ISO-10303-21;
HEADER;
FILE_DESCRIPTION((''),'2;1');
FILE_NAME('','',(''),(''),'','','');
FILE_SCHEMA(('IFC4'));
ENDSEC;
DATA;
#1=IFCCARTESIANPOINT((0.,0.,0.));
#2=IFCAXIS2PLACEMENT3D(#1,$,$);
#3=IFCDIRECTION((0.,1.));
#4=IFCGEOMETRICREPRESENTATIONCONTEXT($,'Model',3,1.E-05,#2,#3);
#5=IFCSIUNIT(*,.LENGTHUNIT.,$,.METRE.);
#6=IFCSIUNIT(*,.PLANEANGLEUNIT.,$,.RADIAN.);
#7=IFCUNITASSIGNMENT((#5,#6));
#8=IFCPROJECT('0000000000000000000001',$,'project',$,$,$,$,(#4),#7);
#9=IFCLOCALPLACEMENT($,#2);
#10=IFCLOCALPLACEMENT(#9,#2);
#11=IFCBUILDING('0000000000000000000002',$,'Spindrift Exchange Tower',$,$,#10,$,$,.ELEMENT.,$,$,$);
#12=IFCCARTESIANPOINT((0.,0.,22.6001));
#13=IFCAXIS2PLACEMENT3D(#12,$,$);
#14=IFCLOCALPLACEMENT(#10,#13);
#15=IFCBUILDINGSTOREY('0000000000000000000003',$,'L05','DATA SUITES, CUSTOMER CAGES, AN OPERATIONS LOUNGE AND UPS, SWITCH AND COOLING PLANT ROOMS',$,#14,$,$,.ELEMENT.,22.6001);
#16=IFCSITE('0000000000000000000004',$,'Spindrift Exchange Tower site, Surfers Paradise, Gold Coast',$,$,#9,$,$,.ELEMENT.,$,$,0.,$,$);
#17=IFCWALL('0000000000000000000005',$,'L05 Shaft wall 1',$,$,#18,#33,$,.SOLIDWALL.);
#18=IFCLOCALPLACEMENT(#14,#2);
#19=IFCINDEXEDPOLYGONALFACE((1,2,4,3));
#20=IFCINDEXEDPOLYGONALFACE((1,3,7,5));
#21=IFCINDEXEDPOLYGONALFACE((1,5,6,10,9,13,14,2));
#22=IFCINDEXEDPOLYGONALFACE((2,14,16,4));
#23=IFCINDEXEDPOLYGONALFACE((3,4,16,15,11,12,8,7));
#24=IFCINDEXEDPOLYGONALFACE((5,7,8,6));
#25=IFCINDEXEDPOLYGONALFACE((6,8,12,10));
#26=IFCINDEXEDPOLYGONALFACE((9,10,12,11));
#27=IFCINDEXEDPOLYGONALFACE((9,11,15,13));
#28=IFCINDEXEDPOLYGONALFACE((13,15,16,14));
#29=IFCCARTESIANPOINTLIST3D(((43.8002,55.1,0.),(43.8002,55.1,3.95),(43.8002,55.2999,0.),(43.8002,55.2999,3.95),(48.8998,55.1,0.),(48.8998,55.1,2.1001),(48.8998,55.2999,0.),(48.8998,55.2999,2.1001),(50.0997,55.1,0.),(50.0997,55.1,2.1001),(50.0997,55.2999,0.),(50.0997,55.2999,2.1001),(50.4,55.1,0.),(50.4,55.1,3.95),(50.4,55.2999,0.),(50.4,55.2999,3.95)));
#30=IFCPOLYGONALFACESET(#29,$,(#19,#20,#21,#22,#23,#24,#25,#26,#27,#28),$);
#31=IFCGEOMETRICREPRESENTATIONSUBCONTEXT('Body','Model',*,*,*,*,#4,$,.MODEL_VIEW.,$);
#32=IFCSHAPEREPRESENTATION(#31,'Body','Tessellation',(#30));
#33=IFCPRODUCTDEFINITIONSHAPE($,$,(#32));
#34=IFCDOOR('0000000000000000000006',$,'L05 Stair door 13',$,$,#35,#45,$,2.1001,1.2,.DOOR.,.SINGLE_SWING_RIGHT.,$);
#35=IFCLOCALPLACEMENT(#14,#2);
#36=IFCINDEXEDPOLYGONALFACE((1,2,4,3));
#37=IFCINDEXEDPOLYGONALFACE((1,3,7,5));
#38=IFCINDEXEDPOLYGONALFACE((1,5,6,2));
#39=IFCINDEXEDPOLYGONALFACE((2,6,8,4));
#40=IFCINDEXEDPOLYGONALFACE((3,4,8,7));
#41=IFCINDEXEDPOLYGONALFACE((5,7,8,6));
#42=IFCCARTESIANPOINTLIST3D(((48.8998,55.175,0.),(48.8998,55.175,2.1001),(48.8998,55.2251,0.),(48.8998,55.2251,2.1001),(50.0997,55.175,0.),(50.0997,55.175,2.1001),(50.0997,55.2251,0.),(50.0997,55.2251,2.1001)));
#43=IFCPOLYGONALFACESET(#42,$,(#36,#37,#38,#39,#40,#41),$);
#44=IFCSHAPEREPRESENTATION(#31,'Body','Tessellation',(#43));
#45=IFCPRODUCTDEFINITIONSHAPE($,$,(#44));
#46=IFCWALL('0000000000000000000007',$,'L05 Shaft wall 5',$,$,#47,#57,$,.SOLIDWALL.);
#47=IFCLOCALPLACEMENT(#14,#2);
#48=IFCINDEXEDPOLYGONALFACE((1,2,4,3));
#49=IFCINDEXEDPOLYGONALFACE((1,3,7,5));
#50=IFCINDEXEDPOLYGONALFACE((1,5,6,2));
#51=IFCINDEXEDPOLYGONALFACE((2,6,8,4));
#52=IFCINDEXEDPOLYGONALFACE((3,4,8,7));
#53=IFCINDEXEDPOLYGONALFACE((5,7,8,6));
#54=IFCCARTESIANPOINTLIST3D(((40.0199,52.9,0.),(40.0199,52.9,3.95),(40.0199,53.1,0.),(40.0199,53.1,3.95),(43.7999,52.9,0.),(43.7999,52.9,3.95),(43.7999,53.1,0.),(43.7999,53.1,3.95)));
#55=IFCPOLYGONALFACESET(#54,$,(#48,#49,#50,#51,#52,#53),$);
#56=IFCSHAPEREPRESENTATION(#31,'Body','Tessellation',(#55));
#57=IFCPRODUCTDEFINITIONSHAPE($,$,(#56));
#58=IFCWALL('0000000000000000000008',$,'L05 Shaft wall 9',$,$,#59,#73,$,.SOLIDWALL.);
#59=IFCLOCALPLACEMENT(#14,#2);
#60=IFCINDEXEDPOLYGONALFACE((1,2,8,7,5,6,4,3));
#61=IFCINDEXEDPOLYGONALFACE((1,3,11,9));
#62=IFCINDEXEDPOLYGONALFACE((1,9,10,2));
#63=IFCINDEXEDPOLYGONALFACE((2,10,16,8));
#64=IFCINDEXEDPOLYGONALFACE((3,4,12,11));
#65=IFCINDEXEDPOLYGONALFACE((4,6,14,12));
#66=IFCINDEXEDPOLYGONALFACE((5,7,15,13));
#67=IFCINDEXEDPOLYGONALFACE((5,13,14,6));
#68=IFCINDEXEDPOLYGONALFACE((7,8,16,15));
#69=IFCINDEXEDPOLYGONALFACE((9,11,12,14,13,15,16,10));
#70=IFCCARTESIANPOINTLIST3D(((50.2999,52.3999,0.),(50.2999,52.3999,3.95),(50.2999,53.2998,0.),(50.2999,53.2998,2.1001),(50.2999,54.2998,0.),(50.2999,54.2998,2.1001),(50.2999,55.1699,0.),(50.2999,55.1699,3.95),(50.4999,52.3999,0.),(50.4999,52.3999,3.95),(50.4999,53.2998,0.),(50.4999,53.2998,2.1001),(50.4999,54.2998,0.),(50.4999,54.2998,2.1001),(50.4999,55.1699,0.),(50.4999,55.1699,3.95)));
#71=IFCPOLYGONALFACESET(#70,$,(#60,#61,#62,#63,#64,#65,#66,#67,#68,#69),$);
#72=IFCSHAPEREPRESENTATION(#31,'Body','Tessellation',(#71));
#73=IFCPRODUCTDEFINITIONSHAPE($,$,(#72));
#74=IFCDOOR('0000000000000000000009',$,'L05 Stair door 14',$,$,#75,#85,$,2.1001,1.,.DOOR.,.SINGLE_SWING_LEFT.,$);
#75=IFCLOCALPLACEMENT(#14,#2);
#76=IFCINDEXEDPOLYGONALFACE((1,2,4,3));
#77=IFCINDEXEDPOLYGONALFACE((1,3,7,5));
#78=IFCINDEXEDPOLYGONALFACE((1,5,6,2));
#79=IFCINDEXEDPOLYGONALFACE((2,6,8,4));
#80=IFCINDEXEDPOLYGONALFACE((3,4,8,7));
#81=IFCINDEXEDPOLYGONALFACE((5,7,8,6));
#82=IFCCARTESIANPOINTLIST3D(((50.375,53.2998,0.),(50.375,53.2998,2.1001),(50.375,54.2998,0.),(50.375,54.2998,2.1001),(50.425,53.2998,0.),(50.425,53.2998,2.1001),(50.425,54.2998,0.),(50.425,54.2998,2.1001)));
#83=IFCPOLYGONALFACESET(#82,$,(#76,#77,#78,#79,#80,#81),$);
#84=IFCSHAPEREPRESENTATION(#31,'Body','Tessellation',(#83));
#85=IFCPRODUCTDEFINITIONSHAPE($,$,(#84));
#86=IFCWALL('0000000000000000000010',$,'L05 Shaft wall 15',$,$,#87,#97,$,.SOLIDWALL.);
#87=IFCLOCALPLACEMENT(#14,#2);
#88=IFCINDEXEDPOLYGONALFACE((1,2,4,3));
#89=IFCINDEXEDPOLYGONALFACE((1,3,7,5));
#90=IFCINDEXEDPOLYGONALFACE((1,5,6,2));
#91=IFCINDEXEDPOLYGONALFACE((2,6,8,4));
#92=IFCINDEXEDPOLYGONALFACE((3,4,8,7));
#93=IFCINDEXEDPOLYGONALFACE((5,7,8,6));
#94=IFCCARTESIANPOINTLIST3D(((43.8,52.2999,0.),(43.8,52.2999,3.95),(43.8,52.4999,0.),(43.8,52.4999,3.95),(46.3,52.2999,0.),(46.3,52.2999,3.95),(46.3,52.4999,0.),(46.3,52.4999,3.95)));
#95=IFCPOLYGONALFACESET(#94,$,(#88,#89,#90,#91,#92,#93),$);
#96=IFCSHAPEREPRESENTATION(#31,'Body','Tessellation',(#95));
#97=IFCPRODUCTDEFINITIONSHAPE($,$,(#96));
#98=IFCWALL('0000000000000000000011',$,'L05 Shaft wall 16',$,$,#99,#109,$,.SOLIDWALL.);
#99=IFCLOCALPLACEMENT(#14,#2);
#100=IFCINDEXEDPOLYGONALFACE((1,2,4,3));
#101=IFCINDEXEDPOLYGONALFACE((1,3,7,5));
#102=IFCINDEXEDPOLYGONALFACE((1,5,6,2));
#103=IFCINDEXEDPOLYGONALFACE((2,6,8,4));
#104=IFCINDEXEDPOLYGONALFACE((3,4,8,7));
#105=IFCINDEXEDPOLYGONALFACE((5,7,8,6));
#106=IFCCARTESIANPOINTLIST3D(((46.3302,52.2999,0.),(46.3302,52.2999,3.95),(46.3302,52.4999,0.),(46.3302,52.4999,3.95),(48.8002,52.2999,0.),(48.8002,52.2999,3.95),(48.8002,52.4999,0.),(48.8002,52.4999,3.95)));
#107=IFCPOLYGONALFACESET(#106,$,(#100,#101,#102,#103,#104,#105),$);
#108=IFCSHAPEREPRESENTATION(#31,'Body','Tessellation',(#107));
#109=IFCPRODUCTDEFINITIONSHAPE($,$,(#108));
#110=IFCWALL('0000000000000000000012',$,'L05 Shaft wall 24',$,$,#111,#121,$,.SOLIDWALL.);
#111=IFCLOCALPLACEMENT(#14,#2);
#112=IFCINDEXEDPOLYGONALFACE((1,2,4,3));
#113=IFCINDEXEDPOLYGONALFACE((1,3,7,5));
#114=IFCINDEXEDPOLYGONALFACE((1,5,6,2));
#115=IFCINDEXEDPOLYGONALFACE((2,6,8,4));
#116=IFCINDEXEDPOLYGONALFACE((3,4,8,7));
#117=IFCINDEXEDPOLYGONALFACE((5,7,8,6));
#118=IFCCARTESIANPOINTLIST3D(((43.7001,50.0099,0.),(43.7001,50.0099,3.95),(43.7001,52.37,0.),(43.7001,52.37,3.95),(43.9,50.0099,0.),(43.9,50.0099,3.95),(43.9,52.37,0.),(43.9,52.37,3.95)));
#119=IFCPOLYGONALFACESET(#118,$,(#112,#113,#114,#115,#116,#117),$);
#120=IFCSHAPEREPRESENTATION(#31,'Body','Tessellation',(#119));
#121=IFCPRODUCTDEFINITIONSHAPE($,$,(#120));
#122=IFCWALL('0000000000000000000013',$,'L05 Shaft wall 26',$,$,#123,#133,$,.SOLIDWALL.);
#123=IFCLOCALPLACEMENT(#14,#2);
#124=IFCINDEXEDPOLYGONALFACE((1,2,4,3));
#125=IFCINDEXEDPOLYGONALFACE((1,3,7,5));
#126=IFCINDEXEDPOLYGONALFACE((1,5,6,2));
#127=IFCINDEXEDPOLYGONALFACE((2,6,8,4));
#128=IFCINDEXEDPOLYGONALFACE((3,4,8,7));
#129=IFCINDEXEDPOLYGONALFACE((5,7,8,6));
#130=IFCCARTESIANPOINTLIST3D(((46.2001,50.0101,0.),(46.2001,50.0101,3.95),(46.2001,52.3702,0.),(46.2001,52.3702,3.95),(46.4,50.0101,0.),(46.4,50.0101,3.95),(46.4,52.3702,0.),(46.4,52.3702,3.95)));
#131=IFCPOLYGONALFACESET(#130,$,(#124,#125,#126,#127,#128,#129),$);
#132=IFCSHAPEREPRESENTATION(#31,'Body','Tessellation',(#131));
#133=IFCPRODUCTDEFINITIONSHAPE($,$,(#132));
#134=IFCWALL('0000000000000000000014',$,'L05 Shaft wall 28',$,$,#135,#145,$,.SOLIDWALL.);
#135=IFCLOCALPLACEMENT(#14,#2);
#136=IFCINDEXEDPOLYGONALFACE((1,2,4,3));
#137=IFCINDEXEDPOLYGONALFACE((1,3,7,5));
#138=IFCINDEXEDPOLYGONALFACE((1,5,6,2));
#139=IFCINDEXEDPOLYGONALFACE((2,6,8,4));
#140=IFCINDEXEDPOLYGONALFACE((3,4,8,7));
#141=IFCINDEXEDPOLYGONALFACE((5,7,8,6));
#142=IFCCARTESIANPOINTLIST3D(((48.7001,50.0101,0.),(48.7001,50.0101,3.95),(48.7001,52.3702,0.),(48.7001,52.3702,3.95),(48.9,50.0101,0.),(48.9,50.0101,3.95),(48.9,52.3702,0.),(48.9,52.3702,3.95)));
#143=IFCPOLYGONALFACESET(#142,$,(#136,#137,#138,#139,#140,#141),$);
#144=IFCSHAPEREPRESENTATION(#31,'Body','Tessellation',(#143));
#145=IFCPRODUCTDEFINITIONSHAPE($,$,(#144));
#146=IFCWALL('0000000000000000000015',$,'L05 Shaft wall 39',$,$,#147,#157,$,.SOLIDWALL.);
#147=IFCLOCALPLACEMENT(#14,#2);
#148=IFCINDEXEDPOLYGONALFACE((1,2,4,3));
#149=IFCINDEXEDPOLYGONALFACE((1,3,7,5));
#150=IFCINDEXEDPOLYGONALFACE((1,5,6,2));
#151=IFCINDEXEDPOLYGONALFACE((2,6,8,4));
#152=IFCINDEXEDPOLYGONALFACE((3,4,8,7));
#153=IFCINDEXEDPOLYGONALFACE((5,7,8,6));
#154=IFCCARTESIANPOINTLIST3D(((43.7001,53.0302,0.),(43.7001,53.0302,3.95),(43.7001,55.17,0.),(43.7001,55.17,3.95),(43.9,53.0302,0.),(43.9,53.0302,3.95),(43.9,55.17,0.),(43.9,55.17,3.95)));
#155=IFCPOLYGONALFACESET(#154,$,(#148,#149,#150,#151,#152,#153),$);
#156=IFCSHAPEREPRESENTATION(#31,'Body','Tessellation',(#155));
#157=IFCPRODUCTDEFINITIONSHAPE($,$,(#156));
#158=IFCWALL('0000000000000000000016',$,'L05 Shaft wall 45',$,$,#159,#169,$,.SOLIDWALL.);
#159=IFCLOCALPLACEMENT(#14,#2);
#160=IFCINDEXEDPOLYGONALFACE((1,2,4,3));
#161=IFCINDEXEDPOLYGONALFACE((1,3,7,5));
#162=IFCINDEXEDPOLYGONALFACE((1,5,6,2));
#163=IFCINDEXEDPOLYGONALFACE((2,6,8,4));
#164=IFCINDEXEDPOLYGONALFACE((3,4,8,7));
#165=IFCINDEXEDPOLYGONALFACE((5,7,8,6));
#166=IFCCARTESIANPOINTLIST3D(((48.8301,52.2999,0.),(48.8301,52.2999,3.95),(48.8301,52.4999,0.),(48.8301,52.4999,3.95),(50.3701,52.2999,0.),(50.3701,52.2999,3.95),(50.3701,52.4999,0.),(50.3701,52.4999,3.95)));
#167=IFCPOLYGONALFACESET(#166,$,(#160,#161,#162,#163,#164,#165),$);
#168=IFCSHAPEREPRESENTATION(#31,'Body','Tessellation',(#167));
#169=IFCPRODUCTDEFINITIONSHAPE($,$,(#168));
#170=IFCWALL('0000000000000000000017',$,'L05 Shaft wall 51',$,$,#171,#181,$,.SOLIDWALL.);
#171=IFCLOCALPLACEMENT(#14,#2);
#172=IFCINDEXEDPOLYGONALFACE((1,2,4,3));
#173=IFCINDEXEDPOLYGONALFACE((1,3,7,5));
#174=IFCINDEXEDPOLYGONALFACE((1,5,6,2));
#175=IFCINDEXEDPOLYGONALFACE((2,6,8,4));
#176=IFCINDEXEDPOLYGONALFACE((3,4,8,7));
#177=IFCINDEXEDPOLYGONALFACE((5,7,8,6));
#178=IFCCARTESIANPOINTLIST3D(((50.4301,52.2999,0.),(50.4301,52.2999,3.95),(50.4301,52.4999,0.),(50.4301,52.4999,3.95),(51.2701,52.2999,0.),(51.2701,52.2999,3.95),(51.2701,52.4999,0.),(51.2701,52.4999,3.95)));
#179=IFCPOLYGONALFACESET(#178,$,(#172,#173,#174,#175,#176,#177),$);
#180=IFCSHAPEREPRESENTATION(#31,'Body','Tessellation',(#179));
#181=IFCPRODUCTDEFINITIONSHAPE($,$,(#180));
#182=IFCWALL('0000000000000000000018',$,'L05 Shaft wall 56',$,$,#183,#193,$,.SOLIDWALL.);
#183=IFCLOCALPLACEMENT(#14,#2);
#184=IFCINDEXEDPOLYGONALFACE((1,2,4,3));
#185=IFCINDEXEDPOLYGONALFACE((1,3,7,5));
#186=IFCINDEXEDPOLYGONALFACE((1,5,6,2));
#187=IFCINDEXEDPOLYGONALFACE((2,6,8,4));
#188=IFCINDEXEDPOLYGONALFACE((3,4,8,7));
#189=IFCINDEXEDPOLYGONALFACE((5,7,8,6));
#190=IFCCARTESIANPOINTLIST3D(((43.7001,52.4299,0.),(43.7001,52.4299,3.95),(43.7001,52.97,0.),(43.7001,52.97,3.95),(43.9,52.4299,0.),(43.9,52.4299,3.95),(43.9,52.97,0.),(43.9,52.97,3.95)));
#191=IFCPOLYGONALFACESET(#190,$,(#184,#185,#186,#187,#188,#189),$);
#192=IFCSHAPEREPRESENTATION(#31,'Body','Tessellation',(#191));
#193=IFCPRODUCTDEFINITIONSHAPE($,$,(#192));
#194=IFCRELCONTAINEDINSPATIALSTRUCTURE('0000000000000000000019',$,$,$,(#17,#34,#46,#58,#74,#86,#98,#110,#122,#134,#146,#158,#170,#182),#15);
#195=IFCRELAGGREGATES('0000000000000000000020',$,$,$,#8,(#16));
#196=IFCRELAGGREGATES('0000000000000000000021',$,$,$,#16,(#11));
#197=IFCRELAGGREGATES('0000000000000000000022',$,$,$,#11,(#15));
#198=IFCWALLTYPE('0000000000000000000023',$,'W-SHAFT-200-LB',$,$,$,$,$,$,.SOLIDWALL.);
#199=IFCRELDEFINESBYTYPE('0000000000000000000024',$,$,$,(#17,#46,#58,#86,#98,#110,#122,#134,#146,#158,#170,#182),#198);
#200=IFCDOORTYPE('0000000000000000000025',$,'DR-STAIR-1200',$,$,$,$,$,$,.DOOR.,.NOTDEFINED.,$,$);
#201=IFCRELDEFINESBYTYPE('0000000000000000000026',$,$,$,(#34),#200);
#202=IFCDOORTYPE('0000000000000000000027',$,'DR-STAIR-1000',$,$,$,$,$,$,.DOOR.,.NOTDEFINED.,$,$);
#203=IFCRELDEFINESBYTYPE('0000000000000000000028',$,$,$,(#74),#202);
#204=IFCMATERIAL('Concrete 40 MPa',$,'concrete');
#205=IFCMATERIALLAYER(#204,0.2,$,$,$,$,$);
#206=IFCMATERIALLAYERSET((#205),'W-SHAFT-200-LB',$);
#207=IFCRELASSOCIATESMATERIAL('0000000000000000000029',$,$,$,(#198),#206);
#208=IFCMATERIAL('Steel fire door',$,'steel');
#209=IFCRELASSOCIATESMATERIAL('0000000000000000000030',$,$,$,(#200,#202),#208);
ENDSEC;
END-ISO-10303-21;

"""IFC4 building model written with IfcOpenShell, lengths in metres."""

from ifc_helpers import new_model, si_unit, direction, frame, frame_2d, origin, place, context, subcontext, project, spatial, rectangle, extrude, source, transform, mapped, material, layer, layer_set, type_object, element, fill, save


model = new_model("IFC4")

# Units and contexts
model_context = context("Model", 3, precision=1e-05, world=origin(), true_north=direction((0.0, 1.0)))
body_context = subcontext(model_context, "Body", "Model", "MODEL_VIEW")
ifc_project = project(units=[si_unit("LENGTHUNIT", "METRE"), si_unit("PLANEANGLEUNIT", "RADIAN")], contexts=[model_context])

# Site, building, storey
site_placement = place(None, origin())
site = spatial("IfcSite", under=ifc_project, at=site_placement, Name="Spindrift Exchange Tower site, Surfers Paradise, Gold Coast", CompositionType="ELEMENT", RefElevation=0.0)
building_placement = place(site_placement, origin())
building = spatial("IfcBuilding", under=site, at=building_placement, Name="Spindrift Exchange Tower", CompositionType="ELEMENT")
storey_placement = place(building_placement, frame((0.0, 0.0, 22.6001)))
storey = spatial("IfcBuildingStorey", under=building, at=storey_placement, Name="L05", Description="DATA SUITES, CUSTOMER CAGES, AN OPERATIONS LOUNGE AND UPS, SWITCH AND COOLING PLANT ROOMS", CompositionType="ELEMENT", Elevation=22.6001)

# Shared definitions
ifc_material_1 = material(Name="Concrete 40 MPa", Category="concrete")

# Wall, opening, door
ifc_layer_1 = layer(ifc_material_1, 0.2)
ifc_layer_set_1 = layer_set([ifc_layer_1], Name="W-SHAFT-200-LB")
wall_type_1 = type_object("IfcWallType", Name="W-SHAFT-200-LB", PredefinedType="SOLIDWALL", material=ifc_layer_set_1)
wall_1_placement = place(storey_placement, frame((50.3999, 55.2, 0.0), z_axis=(0.0, 0.0, 1.0), x_axis=(-1.0, 0.0, 0.0)))
wall_1 = element("IfcWall", 1, at=wall_1_placement, inside=storey, type_object=wall_type_1, Name="L05 Shaft wall 1", PredefinedType="SOLIDWALL", context=body_context, shape_type="SweptSolid", body=[
    extrude(rectangle(XDim=6.5999, YDim=0.2, at=frame_2d((3.2998, 0.0))), origin(), (0.0, 0.0, 1.0), 3.95),
])
opening_1_placement = place(wall_1_placement, frame((0.3, 0.0, 0.0)))
opening_1 = element("IfcOpeningElement", 2, at=opening_1_placement, cuts=wall_1, PredefinedType="OPENING", context=body_context, shape_type="SweptSolid", body=[
    extrude(rectangle(XDim=1.2, YDim=2.1001, at=frame_2d((0.6001, 1.05))), frame((0.0, 0.1099, 0.0), z_axis=(0.0, -1.0, 0.0), x_axis=(1.0, 0.0, 0.0)), (0.0, 0.0, 1.0), 0.22),
])
ifc_material_2 = material(Name="Steel fire door", Category="steel")
door_type_1 = type_object("IfcDoorType", Name="DR-STAIR-1200", OperationType="NOTDEFINED", PredefinedType="DOOR", material=ifc_material_2)
shared_shape_1 = source(origin(), body_context, "Body", "SweptSolid", [
    extrude(rectangle(XDim=1.2, YDim=2.1001, at=frame_2d((0.6001, 1.05))), frame((0.0, 0.0249, 0.0), z_axis=(0.0, -1.0, 0.0), x_axis=(1.0, 0.0, 0.0)), (0.0, 0.0, 1.0), 0.05),
])
door_1_placement = place(opening_1_placement, origin())
door_1 = element("IfcDoor", 3, at=door_1_placement, inside=storey, type_object=door_type_1, Name="L05 Stair door 13", OperationType="SINGLE_SWING_RIGHT", OverallHeight=2.1001, OverallWidth=1.2, PredefinedType="DOOR", context=body_context, shape_type="MappedRepresentation", body=[
    mapped(shared_shape_1, transform((0.0, 0.0, 0.0), scale=1.0)),
])
fill(opening_1, door_1)

# Wall
wall_2_placement = place(storey_placement, frame((43.8, 53.0, 0.0), z_axis=(0.0, 0.0, 1.0), x_axis=(-1.0, 0.0, 0.0)))
element("IfcWall", 4, at=wall_2_placement, inside=storey, type_object=wall_type_1, Name="L05 Shaft wall 5", PredefinedType="SOLIDWALL", context=body_context, shape_type="SweptSolid", body=[
    extrude(rectangle(XDim=3.78, YDim=0.2, at=frame_2d((1.8901, 0.0))), origin(), (0.0, 0.0, 1.0), 3.95),
])

# Wall, opening, door
wall_3_placement = place(storey_placement, frame((50.3999, 52.3999, 0.0), z_axis=(0.0, 0.0, 1.0), x_axis=(0.0, 1.0, 0.0)))
wall_3 = element("IfcWall", 5, at=wall_3_placement, inside=storey, type_object=wall_type_1, Name="L05 Shaft wall 9", PredefinedType="SOLIDWALL", context=body_context, shape_type="SweptSolid", body=[
    extrude(rectangle(XDim=2.77, YDim=0.2, at=frame_2d((1.385, 0.0))), origin(), (0.0, 0.0, 1.0), 3.95),
])
opening_2_placement = place(wall_3_placement, frame((0.8999, 0.0, 0.0)))
opening_2 = element("IfcOpeningElement", 6, at=opening_2_placement, cuts=wall_3, PredefinedType="OPENING", context=body_context, shape_type="SweptSolid", body=[
    extrude(rectangle(XDim=1.0, YDim=2.1001, at=frame_2d((0.5, 1.05))), frame((0.0, 0.1099, 0.0), z_axis=(0.0, -1.0, 0.0), x_axis=(1.0, 0.0, 0.0)), (0.0, 0.0, 1.0), 0.22),
])
door_type_2 = type_object("IfcDoorType", Name="DR-STAIR-1000", OperationType="NOTDEFINED", PredefinedType="DOOR", material=ifc_material_2)
shared_shape_2 = source(origin(), body_context, "Body", "SweptSolid", [
    extrude(rectangle(XDim=1.0, YDim=2.1001, at=frame_2d((0.5, 1.05))), frame((0.0, 0.0249, 0.0), z_axis=(0.0, -1.0, 0.0), x_axis=(1.0, 0.0, 0.0)), (0.0, 0.0, 1.0), 0.05),
])
door_2_placement = place(opening_2_placement, origin())
door_2 = element("IfcDoor", 7, at=door_2_placement, inside=storey, type_object=door_type_2, Name="L05 Stair door 14", OperationType="SINGLE_SWING_LEFT", OverallHeight=2.1001, OverallWidth=1.0, PredefinedType="DOOR", context=body_context, shape_type="MappedRepresentation", body=[
    mapped(shared_shape_2, transform((0.0, 0.0, 0.0), scale=1.0)),
])
fill(opening_2, door_2)

# Walls
wall_4_placement = place(storey_placement, frame((46.3, 52.3999, 0.0), z_axis=(0.0, 0.0, 1.0), x_axis=(-1.0, 0.0, 0.0)))
element("IfcWall", 8, at=wall_4_placement, inside=storey, type_object=wall_type_1, Name="L05 Shaft wall 15", PredefinedType="SOLIDWALL", context=body_context, shape_type="SweptSolid", body=[
    extrude(rectangle(XDim=2.5, YDim=0.2, at=frame_2d((1.25, 0.0))), origin(), (0.0, 0.0, 1.0), 3.95),
])
wall_5_placement = place(storey_placement, frame((48.8, 52.3999, 0.0), z_axis=(0.0, 0.0, 1.0), x_axis=(-1.0, 0.0, 0.0)))
element("IfcWall", 9, at=wall_5_placement, inside=storey, type_object=wall_type_1, Name="L05 Shaft wall 16", PredefinedType="SOLIDWALL", context=body_context, shape_type="SweptSolid", body=[
    extrude(rectangle(XDim=2.47, YDim=0.2, at=frame_2d((1.2349, 0.0))), origin(), (0.0, 0.0, 1.0), 3.95),
])
for number, where, z_axis, x_axis, name in (
    (10, (43.8, 52.3701, 0.0), (0.0, 0.0, 1.0), (0.0, -1.0, 0.0), "L05 Shaft wall 24"),
    (11, (46.3, 50.01, 0.0), (0.0, 0.0, 1.0), (0.0, 1.0, 0.0), "L05 Shaft wall 26"),
    (12, (48.8, 50.01, 0.0), (0.0, 0.0, 1.0), (0.0, 1.0, 0.0), "L05 Shaft wall 28"),
):
    element("IfcWall", number, at=place(storey_placement, frame(where, z_axis=z_axis, x_axis=x_axis)), inside=storey, type_object=wall_type_1, Name=name, PredefinedType="SOLIDWALL", context=body_context, shape_type="SweptSolid", body=[
        extrude(rectangle(XDim=2.3601, YDim=0.2, at=frame_2d((1.1802, 0.0))), origin(), (0.0, 0.0, 1.0), 3.95),
    ])
wall_6_placement = place(storey_placement, frame((43.8, 55.1699, 0.0), z_axis=(0.0, 0.0, 1.0), x_axis=(0.0, -1.0, 0.0)))
element("IfcWall", 13, at=wall_6_placement, inside=storey, type_object=wall_type_1, Name="L05 Shaft wall 39", PredefinedType="SOLIDWALL", context=body_context, shape_type="SweptSolid", body=[
    extrude(rectangle(XDim=2.1399, YDim=0.2, at=frame_2d((1.0698, 0.0))), origin(), (0.0, 0.0, 1.0), 3.95),
])
wall_7_placement = place(storey_placement, frame((50.3701, 52.3999, 0.0), z_axis=(0.0, 0.0, 1.0), x_axis=(-1.0, 0.0, 0.0)))
element("IfcWall", 14, at=wall_7_placement, inside=storey, type_object=wall_type_1, Name="L05 Shaft wall 45", PredefinedType="SOLIDWALL", context=body_context, shape_type="SweptSolid", body=[
    extrude(rectangle(XDim=1.54, YDim=0.2, at=frame_2d((0.77, 0.0))), origin(), (0.0, 0.0, 1.0), 3.95),
])
wall_8_placement = place(storey_placement, frame((51.27, 52.3999, 0.0), z_axis=(0.0, 0.0, 1.0), x_axis=(-1.0, 0.0, 0.0)))
element("IfcWall", 15, at=wall_8_placement, inside=storey, type_object=wall_type_1, Name="L05 Shaft wall 51", PredefinedType="SOLIDWALL", context=body_context, shape_type="SweptSolid", body=[
    extrude(rectangle(XDim=0.8401, YDim=0.2, at=frame_2d((0.4199, 0.0))), origin(), (0.0, 0.0, 1.0), 3.95),
])
wall_9_placement = place(storey_placement, frame((43.8, 52.4299, 0.0), z_axis=(0.0, 0.0, 1.0), x_axis=(0.0, 1.0, 0.0)))
element("IfcWall", 16, at=wall_9_placement, inside=storey, type_object=wall_type_1, Name="L05 Shaft wall 56", PredefinedType="SOLIDWALL", context=body_context, shape_type="SweptSolid", body=[
    extrude(rectangle(XDim=0.54, YDim=0.2, at=frame_2d((0.27, 0.0))), origin(), (0.0, 0.0, 1.0), 3.95),
])

save(model, "model.ifc")
